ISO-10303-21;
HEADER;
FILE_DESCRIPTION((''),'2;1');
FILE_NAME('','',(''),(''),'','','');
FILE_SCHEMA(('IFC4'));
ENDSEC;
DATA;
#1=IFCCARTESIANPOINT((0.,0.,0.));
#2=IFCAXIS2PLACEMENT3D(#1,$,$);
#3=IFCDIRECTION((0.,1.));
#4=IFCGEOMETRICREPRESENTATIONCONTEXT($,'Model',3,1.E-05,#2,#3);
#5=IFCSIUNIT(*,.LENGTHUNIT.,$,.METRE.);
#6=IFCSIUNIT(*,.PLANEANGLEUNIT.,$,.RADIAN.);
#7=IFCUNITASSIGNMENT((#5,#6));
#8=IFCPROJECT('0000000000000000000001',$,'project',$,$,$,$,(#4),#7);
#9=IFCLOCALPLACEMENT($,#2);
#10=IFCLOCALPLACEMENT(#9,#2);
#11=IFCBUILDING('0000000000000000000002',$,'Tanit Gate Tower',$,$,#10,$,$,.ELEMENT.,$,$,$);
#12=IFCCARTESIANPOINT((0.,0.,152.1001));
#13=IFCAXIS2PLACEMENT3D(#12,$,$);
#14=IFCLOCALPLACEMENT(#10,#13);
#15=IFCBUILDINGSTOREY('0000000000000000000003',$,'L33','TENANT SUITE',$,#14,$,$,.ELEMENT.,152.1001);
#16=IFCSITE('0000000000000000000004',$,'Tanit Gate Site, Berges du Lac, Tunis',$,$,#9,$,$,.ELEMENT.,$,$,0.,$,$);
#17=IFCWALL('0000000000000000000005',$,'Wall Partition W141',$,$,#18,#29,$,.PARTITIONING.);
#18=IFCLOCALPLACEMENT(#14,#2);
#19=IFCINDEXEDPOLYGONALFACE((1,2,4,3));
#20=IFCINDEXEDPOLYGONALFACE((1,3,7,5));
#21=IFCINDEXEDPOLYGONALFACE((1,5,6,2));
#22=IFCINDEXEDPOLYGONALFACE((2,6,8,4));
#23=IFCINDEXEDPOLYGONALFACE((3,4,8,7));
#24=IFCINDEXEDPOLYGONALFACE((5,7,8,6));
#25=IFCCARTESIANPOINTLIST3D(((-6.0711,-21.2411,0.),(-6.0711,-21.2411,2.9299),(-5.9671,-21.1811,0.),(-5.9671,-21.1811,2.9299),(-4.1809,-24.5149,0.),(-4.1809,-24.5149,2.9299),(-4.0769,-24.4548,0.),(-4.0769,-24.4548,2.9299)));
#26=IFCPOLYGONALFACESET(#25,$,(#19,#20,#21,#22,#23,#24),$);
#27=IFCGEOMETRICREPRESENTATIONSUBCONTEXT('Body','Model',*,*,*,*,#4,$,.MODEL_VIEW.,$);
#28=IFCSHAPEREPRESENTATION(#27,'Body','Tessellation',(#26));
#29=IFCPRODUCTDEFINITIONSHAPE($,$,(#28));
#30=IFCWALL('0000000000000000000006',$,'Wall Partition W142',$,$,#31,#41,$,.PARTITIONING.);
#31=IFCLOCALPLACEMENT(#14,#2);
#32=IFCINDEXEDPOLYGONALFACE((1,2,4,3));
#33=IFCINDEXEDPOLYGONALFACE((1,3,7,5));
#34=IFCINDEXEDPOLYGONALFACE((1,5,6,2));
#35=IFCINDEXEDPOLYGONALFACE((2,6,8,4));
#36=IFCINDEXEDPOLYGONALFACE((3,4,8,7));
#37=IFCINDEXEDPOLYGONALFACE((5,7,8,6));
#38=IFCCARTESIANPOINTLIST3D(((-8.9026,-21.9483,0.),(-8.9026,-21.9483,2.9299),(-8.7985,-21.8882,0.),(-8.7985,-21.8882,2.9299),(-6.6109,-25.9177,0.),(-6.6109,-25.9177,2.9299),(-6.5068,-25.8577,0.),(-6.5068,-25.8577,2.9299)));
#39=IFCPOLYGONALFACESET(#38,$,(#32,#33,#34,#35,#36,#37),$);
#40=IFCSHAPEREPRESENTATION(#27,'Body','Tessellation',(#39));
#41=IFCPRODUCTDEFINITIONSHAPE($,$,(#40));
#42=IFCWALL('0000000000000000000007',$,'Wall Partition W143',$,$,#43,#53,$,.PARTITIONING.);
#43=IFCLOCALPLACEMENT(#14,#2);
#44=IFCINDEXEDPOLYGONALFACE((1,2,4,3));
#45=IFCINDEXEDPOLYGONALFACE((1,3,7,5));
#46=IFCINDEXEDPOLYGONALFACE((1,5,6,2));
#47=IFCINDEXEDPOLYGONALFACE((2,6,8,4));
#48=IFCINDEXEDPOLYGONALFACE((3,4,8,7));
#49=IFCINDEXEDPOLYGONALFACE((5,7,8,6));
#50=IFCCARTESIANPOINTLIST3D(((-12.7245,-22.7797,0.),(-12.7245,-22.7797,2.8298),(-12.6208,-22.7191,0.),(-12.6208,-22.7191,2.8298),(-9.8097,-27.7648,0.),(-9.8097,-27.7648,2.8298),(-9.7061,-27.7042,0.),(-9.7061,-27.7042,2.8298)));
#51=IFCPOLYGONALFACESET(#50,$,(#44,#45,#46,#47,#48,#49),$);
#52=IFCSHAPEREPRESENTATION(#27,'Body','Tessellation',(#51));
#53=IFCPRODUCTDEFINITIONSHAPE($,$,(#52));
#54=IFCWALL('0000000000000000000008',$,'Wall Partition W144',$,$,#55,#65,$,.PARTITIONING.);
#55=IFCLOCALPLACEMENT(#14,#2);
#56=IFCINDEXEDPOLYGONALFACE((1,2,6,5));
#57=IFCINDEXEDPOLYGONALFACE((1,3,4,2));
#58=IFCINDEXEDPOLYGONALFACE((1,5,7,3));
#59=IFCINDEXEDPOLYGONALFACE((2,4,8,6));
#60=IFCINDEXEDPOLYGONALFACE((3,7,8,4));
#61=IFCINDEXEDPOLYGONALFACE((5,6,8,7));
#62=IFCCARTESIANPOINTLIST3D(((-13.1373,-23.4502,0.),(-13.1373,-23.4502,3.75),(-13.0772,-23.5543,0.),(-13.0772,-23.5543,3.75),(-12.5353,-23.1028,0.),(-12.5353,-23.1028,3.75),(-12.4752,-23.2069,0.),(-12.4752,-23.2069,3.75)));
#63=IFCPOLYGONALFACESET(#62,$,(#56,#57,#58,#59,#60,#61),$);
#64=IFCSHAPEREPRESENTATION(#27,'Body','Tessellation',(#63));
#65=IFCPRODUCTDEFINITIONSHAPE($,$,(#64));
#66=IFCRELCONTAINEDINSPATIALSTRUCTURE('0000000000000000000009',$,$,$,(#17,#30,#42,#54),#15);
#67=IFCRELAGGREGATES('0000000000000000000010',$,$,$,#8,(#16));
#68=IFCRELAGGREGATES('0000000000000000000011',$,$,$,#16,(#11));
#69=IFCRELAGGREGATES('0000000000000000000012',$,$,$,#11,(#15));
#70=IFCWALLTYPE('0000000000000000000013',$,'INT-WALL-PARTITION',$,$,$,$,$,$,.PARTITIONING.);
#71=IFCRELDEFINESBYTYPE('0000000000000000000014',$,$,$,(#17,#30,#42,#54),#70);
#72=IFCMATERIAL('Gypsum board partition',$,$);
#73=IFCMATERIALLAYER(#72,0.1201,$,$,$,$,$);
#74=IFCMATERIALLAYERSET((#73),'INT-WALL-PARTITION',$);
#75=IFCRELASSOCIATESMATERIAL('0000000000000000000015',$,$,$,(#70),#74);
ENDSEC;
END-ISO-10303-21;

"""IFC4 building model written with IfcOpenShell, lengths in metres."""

from ifc_helpers import new_model, si_unit, direction, frame, frame_2d, origin, place, context, subcontext, project, spatial, rectangle, extrude, material, layer, layer_set, type_object, element, save


model = new_model("IFC4")

# Units and contexts
model_context = context("Model", 3, precision=1e-05, world=origin(), true_north=direction((0.0, 1.0)))
body_context = subcontext(model_context, "Body", "Model", "MODEL_VIEW")
ifc_project = project(units=[si_unit("LENGTHUNIT", "METRE"), si_unit("PLANEANGLEUNIT", "RADIAN")], contexts=[model_context])

# Site, building, storey
site_placement = place(None, origin())
site = spatial("IfcSite", under=ifc_project, at=site_placement, Name="Tanit Gate Site, Berges du Lac, Tunis", CompositionType="ELEMENT", RefElevation=0.0)
building_placement = place(site_placement, origin())
building = spatial("IfcBuilding", under=site, at=building_placement, Name="Tanit Gate Tower", CompositionType="ELEMENT")
storey_placement = place(building_placement, frame((0.0, 0.0, 152.1001)))
storey = spatial("IfcBuildingStorey", under=building, at=storey_placement, Name="L33", Description="TENANT SUITE", CompositionType="ELEMENT", Elevation=152.1001)

# Shared definitions
ifc_material_1 = material(Name="Gypsum board partition")
ifc_layer_1 = layer(ifc_material_1, 0.1201)
ifc_layer_set_1 = layer_set([ifc_layer_1], Name="INT-WALL-PARTITION")
wall_type_1 = type_object("IfcWallType", Name="INT-WALL-PARTITION", PredefinedType="PARTITIONING", material=ifc_layer_set_1)

# Walls
wall_1_placement = place(storey_placement, frame((-4.1289, -24.4849, 0.0), z_axis=(0.0, 0.0, 1.0), x_axis=(-0.500015, 0.866017, 0.0)))
element("IfcWall", 1, at=wall_1_placement, inside=storey, type_object=wall_type_1, Name="Wall Partition W141", PredefinedType="PARTITIONING", context=body_context, shape_type="SweptSolid", body=[
    extrude(rectangle(XDim=3.7803, YDim=0.1201, at=frame_2d((1.8901, 0.0))), origin(), (0.0, 0.0, 1.0), 2.9299),
])
wall_2_placement = place(storey_placement, frame((-6.5588, -25.8877, 0.0), z_axis=(0.0, 0.0, 1.0), x_axis=(-0.499994, 0.866029, 0.0)))
element("IfcWall", 2, at=wall_2_placement, inside=storey, type_object=wall_type_1, Name="Wall Partition W142", PredefinedType="PARTITIONING", context=body_context, shape_type="SweptSolid", body=[
    extrude(rectangle(XDim=4.5835, YDim=0.1201, at=frame_2d((2.2917, 0.0))), origin(), (0.0, 0.0, 1.0), 2.9299),
])
wall_3_placement = place(storey_placement, frame((-12.6726, -22.7495, 0.0), z_axis=(0.0, 0.0, 1.0), x_axis=(0.504751, -0.863265, 0.0)))
element("IfcWall", 3, at=wall_3_placement, inside=storey, type_object=wall_type_1, Name="Wall Partition W143", PredefinedType="PARTITIONING", context=body_context, shape_type="SweptSolid", body=[
    extrude(rectangle(XDim=5.7747, YDim=0.1201, at=frame_2d((2.8872, 0.0))), origin(), (0.0, 0.0, 1.0), 2.8298),
])
wall_4_placement = place(storey_placement, frame((-12.5051, -23.1548, 0.0), z_axis=(0.0, 0.0, 1.0), x_axis=(-0.866139, -0.499804, 0.0)))
element("IfcWall", 4, at=wall_4_placement, inside=storey, type_object=wall_type_1, Name="Wall Partition W144", PredefinedType="PARTITIONING", context=body_context, shape_type="SweptSolid", body=[
    extrude(rectangle(XDim=0.6951, YDim=0.1201, at=frame_2d((0.3477, 0.0))), origin(), (0.0, 0.0, 1.0), 3.75),
])

save(model, "model.ifc")
